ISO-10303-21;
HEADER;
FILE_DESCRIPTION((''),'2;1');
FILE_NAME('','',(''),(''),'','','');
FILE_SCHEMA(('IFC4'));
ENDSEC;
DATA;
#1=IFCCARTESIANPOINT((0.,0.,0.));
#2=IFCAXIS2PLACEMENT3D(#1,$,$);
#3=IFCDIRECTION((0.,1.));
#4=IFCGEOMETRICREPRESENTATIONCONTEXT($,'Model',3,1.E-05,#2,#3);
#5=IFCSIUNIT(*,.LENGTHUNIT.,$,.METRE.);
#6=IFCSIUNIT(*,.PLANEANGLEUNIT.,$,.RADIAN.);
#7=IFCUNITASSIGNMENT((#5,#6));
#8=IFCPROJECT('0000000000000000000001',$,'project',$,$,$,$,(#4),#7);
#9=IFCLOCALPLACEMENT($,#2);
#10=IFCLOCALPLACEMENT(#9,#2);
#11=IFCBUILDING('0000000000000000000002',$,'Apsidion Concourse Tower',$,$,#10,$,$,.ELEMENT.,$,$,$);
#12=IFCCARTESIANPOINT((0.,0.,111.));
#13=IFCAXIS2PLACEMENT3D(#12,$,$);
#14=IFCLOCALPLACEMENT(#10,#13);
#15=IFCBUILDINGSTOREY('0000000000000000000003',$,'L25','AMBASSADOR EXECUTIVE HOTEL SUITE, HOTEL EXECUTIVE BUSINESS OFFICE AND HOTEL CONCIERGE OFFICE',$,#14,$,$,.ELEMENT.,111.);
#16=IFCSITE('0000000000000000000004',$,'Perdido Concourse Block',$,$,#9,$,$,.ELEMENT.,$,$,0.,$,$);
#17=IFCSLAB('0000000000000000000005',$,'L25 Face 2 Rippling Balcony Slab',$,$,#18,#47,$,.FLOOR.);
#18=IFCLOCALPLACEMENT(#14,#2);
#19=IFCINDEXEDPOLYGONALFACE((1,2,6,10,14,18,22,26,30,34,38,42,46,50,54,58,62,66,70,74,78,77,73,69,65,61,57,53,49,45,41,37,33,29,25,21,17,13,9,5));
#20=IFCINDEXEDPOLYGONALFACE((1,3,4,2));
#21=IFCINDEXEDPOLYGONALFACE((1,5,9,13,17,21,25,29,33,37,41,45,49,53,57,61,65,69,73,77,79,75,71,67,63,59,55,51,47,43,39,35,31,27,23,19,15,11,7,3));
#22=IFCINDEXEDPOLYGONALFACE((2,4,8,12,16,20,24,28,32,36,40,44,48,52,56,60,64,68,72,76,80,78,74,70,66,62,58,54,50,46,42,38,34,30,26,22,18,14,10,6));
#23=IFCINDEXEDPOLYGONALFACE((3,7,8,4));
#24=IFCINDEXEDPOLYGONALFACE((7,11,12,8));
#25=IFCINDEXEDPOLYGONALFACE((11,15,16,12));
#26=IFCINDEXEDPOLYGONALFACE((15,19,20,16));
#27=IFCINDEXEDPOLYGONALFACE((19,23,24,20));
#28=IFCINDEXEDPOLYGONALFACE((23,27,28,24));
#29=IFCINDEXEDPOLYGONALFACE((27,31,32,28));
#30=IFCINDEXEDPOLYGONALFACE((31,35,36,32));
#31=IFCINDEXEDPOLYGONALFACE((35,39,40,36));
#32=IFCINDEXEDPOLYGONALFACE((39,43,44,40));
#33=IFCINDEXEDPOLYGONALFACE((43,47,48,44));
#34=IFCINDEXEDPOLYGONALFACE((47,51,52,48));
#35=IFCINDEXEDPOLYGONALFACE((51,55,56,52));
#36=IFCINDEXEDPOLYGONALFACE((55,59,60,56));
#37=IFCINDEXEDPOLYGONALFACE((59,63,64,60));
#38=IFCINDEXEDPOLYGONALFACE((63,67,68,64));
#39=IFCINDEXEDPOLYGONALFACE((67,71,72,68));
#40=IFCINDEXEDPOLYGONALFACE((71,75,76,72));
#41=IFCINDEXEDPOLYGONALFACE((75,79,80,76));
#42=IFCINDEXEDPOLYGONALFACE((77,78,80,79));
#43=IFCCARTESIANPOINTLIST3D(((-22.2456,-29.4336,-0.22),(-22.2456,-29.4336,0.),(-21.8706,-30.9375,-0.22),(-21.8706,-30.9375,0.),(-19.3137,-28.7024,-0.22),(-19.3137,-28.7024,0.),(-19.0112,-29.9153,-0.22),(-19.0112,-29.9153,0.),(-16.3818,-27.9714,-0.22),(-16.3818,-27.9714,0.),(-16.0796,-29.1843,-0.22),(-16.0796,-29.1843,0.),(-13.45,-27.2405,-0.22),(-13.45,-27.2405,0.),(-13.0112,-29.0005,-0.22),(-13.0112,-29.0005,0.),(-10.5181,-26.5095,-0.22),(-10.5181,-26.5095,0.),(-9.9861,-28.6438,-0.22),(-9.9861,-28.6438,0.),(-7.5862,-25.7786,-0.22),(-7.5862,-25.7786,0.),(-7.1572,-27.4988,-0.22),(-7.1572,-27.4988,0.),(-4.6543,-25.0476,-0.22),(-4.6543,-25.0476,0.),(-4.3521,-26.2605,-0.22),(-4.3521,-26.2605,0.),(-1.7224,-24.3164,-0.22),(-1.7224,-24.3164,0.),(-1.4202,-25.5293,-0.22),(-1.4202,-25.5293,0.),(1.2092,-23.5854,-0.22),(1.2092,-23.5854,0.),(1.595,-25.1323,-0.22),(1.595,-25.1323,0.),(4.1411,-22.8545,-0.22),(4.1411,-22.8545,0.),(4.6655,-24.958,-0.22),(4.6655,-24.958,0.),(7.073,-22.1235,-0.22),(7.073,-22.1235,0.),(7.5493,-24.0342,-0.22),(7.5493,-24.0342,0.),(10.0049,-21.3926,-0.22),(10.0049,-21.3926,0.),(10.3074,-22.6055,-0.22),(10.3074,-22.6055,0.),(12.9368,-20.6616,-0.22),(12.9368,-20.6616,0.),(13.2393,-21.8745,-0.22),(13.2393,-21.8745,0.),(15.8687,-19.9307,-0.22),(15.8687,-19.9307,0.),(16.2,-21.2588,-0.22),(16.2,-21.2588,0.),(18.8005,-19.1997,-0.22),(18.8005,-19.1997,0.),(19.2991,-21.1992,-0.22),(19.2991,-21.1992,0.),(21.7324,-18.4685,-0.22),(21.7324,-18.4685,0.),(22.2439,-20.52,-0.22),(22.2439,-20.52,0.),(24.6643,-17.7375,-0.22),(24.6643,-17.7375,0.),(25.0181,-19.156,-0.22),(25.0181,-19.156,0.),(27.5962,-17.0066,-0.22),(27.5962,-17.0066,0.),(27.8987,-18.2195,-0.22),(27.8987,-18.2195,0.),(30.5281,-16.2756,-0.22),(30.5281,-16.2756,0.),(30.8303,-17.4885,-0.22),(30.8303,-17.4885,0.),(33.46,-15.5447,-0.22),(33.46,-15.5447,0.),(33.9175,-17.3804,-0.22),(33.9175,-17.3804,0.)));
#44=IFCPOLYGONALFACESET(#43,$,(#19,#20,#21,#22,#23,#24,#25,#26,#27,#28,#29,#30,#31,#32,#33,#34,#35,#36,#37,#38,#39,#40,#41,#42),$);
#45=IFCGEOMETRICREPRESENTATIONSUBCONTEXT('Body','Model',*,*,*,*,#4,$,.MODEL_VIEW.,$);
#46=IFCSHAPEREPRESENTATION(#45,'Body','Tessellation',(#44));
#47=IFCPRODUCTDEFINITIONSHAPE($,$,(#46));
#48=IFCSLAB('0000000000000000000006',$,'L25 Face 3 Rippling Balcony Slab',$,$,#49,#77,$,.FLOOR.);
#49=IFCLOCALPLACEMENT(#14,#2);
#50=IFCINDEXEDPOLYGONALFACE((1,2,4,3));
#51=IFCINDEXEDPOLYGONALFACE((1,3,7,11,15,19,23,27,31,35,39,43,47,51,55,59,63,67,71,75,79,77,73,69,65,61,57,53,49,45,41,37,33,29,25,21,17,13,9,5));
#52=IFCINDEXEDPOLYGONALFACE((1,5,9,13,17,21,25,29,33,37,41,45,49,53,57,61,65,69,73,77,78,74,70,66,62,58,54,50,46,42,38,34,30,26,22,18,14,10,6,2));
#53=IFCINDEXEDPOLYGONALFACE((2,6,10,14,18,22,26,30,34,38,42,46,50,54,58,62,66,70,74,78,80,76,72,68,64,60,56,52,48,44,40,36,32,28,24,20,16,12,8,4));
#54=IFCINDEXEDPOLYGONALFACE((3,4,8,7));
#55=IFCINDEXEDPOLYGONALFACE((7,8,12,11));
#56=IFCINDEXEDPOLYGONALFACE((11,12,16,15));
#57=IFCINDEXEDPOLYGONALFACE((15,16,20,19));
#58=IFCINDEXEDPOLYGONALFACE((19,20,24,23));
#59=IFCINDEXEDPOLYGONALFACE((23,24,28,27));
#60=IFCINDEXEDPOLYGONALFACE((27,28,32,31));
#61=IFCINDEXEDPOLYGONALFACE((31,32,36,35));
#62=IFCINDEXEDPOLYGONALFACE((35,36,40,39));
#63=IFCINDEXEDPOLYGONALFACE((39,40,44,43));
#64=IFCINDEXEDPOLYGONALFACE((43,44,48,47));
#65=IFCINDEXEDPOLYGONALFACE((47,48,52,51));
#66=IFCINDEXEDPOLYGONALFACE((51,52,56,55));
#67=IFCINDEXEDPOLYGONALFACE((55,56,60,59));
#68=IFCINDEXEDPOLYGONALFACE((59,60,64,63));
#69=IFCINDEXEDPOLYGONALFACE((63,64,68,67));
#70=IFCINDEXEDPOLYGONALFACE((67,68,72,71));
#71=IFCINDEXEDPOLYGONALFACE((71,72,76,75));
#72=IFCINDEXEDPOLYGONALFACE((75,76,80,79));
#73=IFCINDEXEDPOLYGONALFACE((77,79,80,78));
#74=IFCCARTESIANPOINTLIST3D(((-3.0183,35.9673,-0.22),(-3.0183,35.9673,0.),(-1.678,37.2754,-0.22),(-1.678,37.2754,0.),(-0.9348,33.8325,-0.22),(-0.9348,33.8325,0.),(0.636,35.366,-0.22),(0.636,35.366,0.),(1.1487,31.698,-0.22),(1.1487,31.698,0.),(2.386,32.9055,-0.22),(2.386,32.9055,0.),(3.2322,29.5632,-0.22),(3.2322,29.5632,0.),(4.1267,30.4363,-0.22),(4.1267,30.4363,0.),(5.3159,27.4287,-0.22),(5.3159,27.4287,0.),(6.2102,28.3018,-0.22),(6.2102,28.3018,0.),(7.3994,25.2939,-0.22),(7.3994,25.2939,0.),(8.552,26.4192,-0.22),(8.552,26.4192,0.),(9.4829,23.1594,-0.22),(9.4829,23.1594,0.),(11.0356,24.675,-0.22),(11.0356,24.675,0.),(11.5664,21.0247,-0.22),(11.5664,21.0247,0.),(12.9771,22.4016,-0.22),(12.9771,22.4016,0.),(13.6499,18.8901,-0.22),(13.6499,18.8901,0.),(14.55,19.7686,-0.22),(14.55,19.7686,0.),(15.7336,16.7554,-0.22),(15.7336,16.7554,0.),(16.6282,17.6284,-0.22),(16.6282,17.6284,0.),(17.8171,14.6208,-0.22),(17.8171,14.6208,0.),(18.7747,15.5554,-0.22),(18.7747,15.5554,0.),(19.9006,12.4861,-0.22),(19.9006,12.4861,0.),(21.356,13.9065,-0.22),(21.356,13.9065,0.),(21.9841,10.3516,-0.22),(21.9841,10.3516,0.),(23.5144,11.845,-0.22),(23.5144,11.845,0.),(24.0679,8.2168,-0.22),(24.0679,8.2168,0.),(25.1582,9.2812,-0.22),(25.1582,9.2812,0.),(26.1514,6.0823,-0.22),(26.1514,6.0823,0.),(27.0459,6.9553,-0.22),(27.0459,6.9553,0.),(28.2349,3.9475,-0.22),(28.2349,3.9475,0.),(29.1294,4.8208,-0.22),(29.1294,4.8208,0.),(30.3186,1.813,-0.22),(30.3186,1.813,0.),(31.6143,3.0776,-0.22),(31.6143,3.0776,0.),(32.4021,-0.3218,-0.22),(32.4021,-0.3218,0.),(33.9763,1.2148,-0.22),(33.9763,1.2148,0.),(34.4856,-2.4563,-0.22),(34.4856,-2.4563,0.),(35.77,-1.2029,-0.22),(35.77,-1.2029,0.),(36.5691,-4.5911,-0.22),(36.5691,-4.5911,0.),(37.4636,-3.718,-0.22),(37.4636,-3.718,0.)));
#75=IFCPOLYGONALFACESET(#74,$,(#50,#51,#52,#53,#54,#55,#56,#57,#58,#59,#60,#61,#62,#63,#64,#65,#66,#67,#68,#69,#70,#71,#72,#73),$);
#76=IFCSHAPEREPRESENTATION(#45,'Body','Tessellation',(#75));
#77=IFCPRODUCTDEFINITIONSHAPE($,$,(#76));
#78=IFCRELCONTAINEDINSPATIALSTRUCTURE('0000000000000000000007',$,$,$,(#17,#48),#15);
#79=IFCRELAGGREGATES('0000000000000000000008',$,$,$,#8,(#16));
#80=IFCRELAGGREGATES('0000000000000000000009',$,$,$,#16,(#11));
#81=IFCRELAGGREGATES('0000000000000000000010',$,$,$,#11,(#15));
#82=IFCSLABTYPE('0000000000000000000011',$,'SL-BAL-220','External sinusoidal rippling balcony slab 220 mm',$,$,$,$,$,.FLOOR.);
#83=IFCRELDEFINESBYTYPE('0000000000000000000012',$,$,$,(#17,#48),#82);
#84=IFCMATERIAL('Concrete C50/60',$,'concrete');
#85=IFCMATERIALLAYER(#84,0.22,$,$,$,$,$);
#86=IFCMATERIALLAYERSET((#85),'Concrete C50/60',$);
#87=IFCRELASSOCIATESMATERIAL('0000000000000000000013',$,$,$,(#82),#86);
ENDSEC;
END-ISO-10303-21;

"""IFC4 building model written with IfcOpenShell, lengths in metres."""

from ifc_helpers import new_model, si_unit, direction, frame, origin, place, context, subcontext, project, spatial, polyline, outline, extrude, material, layer, layer_set, type_object, element, save


model = new_model("IFC4")

# Units and contexts
model_context = context("Model", 3, precision=1e-05, world=origin(), true_north=direction((0.0, 1.0)))
body_context = subcontext(model_context, "Body", "Model", "MODEL_VIEW")
ifc_project = project(units=[si_unit("LENGTHUNIT", "METRE"), si_unit("PLANEANGLEUNIT", "RADIAN")], contexts=[model_context])

# Site, building, storey
site_placement = place(None, origin())
site = spatial("IfcSite", under=ifc_project, at=site_placement, Name="Perdido Concourse Block", CompositionType="ELEMENT", RefElevation=0.0)
building_placement = place(site_placement, origin())
building = spatial("IfcBuilding", under=site, at=building_placement, Name="Apsidion Concourse Tower", CompositionType="ELEMENT")
storey_placement = place(building_placement, frame((0.0, 0.0, 111.0)))
storey = spatial("IfcBuildingStorey", under=building, at=storey_placement, Name="L25", Description="AMBASSADOR EXECUTIVE HOTEL SUITE, HOTEL EXECUTIVE BUSINESS OFFICE AND HOTEL CONCIERGE OFFICE", CompositionType="ELEMENT", Elevation=111.0)

# Shared definitions
ifc_material_1 = material(Name="Concrete C50/60", Category="concrete")

# Slabs
ifc_layer_1 = layer(ifc_material_1, 0.22)
ifc_layer_set_1 = layer_set([ifc_layer_1], Name="Concrete C50/60")
slab_type_1 = type_object("IfcSlabType", Name="SL-BAL-220", Description="External sinusoidal rippling balcony slab 220 mm", PredefinedType="FLOOR", material=ifc_layer_set_1)
slab_1_placement = place(storey_placement, frame((0.0, 0.0, -0.22)))
element("IfcSlab", 1, at=slab_1_placement, inside=storey, type_object=slab_type_1, Name="L25 Face 2 Rippling Balcony Slab", PredefinedType="FLOOR", context=body_context, shape_type="SweptSolid", body=[
    extrude(outline(polyline([(-22.2456, -29.4336), (-19.3137, -28.7024), (-16.3818, -27.9714), (-13.45, -27.2405), (-10.5181, -26.5095), (-7.5862, -25.7786), (-4.6543, -25.0476), (-1.7224, -24.3164), (1.2092, -23.5854), (4.1411, -22.8545), (7.073, -22.1235), (10.0049, -21.3926), (12.9368, -20.6616), (15.8687, -19.9307), (18.8005, -19.1997), (21.7324, -18.4685), (24.6643, -17.7375), (27.5962, -17.0066), (30.5281, -16.2756), (33.46, -15.5447), (33.9175, -17.3804), (30.8303, -17.4885), (27.8987, -18.2195), (25.0181, -19.156), (22.2439, -20.52), (19.2991, -21.1992), (16.2, -21.2588), (13.2393, -21.8745), (10.3074, -22.6055), (7.5493, -24.0342), (4.6655, -24.958), (1.595, -25.1323), (-1.4202, -25.5293), (-4.3521, -26.2605), (-7.1572, -27.4988), (-9.9861, -28.6438), (-13.0112, -29.0005), (-16.0796, -29.1843), (-19.0112, -29.9153), (-21.8706, -30.9375), (-22.2456, -29.4336)])), origin(), (0.0, 0.0, 1.0), 0.22),
])
slab_2_placement = place(storey_placement, frame((0.0, 0.0, -0.22)))
element("IfcSlab", 2, at=slab_2_placement, inside=storey, type_object=slab_type_1, Name="L25 Face 3 Rippling Balcony Slab", PredefinedType="FLOOR", context=body_context, shape_type="SweptSolid", body=[
    extrude(outline(polyline([(36.5691, -4.5911), (34.4856, -2.4563), (32.4021, -0.3218), (30.3186, 1.813), (28.2349, 3.9475), (26.1514, 6.0823), (24.0679, 8.2168), (21.9841, 10.3516), (19.9006, 12.4861), (17.8171, 14.6208), (15.7336, 16.7554), (13.6499, 18.8901), (11.5664, 21.0247), (9.4829, 23.1594), (7.3994, 25.2939), (5.3159, 27.4287), (3.2322, 29.5632), (1.1487, 31.698), (-0.9348, 33.8325), (-3.0183, 35.9673), (-1.678, 37.2754), (0.636, 35.366), (2.386, 32.9055), (4.1267, 30.4363), (6.2102, 28.3018), (8.552, 26.4192), (11.0356, 24.675), (12.9771, 22.4016), (14.55, 19.7686), (16.6282, 17.6284), (18.7747, 15.5554), (21.356, 13.9065), (23.5144, 11.845), (25.1582, 9.2812), (27.0459, 6.9553), (29.1294, 4.8208), (31.6143, 3.0776), (33.9763, 1.2148), (35.77, -1.2029), (37.4636, -3.718), (36.5691, -4.5911)])), origin(), (0.0, 0.0, 1.0), 0.22),
])

save(model, "model.ifc")
